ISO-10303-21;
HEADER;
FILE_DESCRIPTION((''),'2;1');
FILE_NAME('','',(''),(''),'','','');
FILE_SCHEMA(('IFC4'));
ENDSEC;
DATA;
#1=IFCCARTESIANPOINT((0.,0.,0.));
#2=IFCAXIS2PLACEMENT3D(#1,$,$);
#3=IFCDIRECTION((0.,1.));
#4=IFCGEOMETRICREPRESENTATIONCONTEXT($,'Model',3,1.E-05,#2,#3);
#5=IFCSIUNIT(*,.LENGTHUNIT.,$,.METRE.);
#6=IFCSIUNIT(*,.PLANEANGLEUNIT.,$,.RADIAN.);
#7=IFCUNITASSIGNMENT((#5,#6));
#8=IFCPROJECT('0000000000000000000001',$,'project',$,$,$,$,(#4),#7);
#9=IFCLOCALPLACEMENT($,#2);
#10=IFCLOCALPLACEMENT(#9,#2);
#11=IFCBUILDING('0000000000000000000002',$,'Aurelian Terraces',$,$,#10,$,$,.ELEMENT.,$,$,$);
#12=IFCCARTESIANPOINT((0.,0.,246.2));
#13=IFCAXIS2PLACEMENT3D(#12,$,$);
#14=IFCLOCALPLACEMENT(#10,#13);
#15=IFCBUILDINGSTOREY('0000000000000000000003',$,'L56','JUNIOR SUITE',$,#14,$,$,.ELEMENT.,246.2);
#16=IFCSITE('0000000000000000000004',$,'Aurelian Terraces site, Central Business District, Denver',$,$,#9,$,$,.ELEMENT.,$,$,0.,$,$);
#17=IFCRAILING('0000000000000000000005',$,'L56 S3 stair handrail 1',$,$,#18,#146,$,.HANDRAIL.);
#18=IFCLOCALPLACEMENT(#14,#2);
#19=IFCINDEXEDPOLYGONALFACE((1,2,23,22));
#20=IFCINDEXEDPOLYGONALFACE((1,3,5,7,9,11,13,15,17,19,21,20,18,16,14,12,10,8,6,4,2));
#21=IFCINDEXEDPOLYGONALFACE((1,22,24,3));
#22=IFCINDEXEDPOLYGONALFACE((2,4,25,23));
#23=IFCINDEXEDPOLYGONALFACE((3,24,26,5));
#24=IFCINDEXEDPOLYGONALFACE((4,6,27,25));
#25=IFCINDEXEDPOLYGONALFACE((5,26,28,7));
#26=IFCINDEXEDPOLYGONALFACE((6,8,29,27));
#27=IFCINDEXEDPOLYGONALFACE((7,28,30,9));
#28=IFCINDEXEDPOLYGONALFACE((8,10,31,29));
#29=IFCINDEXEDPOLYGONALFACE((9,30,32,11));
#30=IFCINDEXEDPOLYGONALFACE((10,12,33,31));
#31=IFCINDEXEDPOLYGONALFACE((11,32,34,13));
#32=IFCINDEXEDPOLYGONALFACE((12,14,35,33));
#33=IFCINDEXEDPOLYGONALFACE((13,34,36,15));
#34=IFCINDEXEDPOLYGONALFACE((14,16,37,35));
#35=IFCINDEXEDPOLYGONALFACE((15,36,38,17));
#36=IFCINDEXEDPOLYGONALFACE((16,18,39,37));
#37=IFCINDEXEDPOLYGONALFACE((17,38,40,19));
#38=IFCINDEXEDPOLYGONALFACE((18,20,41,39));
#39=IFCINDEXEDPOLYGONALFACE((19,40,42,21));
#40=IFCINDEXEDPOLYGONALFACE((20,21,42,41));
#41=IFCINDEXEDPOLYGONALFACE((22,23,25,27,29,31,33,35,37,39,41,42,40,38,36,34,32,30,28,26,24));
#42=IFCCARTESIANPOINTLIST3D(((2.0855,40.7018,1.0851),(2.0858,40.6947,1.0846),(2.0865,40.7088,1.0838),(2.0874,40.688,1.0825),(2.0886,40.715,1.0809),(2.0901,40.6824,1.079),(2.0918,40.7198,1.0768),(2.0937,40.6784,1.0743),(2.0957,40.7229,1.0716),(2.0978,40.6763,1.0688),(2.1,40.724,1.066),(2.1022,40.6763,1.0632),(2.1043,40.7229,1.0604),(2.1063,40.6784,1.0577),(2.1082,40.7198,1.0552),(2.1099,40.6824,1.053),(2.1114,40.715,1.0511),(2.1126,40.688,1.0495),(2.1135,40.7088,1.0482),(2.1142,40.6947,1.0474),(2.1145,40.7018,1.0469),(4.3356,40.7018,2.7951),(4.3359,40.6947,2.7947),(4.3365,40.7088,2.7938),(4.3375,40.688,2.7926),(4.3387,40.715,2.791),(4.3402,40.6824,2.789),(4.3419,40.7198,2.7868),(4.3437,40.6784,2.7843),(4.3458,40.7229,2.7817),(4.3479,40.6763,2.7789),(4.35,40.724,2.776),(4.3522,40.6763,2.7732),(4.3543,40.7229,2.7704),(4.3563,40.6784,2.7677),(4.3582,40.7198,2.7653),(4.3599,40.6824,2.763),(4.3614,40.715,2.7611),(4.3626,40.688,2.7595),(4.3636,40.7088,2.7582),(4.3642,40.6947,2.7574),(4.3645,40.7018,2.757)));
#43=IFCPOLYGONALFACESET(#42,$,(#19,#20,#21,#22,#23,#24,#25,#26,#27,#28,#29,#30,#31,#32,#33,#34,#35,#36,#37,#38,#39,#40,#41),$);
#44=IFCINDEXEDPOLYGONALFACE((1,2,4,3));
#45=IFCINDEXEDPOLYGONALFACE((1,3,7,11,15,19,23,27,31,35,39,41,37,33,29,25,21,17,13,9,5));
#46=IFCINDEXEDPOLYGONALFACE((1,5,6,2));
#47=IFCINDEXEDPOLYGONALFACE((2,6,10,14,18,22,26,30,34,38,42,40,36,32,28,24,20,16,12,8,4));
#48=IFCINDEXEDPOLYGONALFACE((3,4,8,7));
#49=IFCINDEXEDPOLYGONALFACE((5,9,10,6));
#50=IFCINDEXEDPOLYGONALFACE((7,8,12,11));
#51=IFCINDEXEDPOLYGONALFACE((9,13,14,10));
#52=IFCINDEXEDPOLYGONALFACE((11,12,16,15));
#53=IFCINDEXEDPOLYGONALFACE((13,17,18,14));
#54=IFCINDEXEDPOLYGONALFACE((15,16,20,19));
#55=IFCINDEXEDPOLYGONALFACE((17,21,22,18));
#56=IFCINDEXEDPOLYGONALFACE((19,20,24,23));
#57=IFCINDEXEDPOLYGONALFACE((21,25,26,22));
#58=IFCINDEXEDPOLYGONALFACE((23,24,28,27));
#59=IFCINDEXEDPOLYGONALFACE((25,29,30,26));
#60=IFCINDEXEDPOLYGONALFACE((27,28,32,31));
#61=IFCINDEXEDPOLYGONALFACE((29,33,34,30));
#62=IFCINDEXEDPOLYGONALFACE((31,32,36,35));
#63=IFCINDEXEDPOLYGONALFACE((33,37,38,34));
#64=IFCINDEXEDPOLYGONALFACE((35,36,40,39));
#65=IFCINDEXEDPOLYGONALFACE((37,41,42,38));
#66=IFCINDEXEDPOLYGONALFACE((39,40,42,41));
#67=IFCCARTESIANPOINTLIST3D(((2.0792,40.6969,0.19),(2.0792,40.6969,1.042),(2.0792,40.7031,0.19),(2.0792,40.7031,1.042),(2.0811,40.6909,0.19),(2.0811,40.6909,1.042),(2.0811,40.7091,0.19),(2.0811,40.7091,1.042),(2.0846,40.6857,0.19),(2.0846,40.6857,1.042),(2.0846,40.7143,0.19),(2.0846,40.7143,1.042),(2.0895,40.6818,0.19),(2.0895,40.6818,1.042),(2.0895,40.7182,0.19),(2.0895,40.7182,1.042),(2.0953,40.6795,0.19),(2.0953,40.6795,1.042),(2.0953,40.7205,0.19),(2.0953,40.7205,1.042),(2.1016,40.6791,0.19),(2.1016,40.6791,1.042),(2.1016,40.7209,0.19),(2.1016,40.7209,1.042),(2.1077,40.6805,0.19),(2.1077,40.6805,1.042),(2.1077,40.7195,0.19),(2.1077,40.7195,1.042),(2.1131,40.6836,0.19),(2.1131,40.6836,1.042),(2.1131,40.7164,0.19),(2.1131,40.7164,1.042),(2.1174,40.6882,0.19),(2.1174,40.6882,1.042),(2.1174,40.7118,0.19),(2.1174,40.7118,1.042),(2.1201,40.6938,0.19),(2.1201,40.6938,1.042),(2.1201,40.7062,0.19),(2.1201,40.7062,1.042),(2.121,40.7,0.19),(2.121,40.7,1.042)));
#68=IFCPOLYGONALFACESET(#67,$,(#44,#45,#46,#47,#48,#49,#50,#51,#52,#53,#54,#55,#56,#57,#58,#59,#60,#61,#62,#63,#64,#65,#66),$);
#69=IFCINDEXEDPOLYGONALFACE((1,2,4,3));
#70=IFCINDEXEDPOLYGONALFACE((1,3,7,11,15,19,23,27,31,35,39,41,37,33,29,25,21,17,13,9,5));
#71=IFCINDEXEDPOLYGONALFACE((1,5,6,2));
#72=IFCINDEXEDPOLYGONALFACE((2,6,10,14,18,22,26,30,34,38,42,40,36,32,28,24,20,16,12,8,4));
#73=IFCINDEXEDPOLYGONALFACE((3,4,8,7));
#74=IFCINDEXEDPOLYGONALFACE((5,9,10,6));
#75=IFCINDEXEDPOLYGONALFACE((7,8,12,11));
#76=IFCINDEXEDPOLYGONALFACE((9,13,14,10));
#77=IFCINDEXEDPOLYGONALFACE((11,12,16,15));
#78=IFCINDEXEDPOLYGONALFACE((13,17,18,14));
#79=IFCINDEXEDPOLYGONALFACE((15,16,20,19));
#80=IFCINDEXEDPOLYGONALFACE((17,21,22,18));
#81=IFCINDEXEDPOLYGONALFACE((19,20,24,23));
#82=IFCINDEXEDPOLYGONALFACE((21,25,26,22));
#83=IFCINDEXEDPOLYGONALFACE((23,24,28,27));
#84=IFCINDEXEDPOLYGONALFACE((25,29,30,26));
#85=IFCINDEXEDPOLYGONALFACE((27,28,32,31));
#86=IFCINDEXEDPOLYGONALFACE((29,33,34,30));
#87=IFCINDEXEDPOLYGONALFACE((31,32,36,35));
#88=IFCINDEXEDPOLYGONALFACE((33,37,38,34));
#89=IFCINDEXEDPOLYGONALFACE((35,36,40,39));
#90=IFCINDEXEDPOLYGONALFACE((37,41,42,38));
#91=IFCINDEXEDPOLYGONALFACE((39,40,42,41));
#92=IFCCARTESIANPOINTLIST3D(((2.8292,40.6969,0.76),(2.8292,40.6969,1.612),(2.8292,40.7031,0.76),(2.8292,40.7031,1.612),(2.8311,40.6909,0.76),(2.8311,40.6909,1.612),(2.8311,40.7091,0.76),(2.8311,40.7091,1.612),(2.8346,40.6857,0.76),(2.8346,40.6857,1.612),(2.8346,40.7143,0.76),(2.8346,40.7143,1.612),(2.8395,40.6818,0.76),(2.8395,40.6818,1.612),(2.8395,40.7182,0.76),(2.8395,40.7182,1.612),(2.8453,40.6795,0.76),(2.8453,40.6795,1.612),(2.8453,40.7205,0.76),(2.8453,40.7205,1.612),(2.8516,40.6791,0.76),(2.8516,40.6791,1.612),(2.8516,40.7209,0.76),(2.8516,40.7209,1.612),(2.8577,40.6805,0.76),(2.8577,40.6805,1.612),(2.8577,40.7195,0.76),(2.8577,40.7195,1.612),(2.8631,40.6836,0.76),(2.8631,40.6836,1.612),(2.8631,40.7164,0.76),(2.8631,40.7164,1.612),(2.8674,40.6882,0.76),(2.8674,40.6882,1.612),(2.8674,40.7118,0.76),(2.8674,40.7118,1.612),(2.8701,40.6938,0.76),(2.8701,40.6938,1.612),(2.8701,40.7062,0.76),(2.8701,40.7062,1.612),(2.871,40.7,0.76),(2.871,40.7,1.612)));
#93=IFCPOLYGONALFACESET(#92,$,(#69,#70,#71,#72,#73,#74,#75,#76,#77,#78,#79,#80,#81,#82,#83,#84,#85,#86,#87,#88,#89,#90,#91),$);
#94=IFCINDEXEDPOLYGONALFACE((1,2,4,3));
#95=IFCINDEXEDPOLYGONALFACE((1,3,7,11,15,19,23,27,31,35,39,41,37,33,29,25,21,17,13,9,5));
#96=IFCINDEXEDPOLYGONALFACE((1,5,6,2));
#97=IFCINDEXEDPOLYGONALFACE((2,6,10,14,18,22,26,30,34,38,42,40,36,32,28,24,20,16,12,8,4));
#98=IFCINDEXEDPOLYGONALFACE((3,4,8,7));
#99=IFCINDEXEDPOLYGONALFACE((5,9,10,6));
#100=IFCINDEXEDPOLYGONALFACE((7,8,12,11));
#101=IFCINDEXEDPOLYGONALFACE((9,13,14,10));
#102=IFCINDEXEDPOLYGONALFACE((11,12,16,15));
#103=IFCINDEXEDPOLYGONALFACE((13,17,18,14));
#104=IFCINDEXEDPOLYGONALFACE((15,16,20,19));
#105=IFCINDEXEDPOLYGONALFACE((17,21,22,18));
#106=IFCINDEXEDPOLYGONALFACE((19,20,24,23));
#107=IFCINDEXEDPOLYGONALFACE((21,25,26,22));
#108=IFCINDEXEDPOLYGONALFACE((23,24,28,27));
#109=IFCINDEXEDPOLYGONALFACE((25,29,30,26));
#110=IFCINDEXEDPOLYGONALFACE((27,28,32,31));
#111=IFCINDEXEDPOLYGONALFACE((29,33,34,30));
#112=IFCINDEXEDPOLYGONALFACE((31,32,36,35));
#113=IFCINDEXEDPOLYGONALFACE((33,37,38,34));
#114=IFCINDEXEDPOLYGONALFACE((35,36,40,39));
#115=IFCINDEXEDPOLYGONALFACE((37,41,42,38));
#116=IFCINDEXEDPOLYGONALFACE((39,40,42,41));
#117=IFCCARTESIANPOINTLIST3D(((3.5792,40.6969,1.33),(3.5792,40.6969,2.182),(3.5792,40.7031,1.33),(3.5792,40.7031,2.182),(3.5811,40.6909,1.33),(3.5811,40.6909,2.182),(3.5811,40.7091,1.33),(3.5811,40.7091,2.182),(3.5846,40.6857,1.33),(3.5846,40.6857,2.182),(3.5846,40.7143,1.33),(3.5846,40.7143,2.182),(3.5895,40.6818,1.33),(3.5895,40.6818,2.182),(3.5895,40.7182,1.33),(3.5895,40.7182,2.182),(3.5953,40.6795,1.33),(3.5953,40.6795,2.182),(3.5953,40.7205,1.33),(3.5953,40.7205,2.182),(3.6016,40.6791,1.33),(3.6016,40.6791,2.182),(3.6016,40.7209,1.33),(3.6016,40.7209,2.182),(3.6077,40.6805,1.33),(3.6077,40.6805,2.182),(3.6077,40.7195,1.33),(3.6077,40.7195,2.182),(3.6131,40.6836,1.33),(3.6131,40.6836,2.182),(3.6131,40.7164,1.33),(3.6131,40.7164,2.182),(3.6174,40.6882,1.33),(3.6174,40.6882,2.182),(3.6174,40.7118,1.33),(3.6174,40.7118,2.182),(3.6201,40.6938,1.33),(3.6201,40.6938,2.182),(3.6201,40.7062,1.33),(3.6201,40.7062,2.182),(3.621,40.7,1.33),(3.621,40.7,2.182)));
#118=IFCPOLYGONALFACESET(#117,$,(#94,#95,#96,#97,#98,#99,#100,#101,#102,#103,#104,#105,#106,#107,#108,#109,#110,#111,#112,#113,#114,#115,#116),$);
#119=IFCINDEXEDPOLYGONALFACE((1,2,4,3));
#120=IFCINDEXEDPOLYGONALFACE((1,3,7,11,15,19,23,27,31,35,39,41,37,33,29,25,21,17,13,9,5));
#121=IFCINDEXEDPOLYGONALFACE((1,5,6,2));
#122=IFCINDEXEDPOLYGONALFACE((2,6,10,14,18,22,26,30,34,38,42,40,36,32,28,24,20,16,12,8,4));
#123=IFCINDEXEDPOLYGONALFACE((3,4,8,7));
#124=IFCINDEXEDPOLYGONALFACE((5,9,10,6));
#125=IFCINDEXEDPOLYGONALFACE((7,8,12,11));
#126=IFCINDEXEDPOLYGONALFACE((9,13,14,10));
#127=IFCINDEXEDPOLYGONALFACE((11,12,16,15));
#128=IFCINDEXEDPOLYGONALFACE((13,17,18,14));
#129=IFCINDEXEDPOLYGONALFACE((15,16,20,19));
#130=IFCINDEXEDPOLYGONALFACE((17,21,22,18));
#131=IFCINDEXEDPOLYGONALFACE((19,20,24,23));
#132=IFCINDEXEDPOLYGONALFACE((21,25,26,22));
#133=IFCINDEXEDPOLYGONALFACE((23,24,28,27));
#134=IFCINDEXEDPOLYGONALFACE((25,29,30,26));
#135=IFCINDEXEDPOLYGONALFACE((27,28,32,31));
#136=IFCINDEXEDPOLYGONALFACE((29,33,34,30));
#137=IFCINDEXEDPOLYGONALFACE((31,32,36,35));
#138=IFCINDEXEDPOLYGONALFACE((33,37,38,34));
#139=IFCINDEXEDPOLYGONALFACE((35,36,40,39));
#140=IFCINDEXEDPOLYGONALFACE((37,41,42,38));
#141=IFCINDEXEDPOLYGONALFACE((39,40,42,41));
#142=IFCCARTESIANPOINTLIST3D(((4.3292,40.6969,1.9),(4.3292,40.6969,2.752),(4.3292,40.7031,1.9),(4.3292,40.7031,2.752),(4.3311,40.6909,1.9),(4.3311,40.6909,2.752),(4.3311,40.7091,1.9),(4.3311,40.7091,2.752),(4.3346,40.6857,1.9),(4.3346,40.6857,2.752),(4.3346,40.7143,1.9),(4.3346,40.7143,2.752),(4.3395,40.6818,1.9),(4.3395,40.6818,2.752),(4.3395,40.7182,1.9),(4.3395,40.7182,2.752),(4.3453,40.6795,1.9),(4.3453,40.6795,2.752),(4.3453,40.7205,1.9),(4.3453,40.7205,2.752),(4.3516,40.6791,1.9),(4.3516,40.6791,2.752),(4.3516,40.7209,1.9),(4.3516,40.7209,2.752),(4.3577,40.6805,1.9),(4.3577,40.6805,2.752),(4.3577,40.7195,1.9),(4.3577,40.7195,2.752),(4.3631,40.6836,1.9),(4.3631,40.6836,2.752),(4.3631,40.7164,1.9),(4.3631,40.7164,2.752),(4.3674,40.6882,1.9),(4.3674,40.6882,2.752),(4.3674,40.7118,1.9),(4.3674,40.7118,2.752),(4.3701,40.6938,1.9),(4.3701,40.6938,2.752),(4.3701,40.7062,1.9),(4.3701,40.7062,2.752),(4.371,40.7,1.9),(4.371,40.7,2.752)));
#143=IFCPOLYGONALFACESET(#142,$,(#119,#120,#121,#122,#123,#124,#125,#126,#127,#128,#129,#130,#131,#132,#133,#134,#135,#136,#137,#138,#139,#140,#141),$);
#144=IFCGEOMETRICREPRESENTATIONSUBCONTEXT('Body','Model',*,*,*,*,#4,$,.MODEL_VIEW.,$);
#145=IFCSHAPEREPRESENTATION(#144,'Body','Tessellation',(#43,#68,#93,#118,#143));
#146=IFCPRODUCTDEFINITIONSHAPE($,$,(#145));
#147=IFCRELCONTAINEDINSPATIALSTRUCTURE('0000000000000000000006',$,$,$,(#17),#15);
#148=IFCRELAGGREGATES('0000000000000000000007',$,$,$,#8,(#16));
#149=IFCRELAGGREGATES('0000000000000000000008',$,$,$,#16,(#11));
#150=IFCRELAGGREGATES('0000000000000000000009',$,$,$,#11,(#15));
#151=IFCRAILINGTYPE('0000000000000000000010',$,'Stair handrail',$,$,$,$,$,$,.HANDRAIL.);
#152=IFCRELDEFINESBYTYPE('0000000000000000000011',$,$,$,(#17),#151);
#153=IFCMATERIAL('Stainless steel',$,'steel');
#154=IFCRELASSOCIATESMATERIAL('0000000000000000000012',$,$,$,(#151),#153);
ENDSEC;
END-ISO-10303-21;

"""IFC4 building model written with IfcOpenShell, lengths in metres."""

from ifc_helpers import new_model, si_unit, direction, frame, origin, origin_2d, place, context, subcontext, project, spatial, circle, extrude, source, transform, mapped, material, type_object, element, save


model = new_model("IFC4")

# Units and contexts
model_context = context("Model", 3, precision=1e-05, world=origin(), true_north=direction((0.0, 1.0)))
body_context = subcontext(model_context, "Body", "Model", "MODEL_VIEW")
ifc_project = project(units=[si_unit("LENGTHUNIT", "METRE"), si_unit("PLANEANGLEUNIT", "RADIAN")], contexts=[model_context])

# Site, building, storey
site_placement = place(None, origin())
site = spatial("IfcSite", under=ifc_project, at=site_placement, Name="Aurelian Terraces site, Central Business District, Denver", CompositionType="ELEMENT", RefElevation=0.0)
building_placement = place(site_placement, origin())
building = spatial("IfcBuilding", under=site, at=building_placement, Name="Aurelian Terraces", CompositionType="ELEMENT")
storey_placement = place(building_placement, frame((0.0, 0.0, 246.2)))
storey = spatial("IfcBuildingStorey", under=building, at=storey_placement, Name="L56", Description="JUNIOR SUITE", CompositionType="ELEMENT", Elevation=246.2)

# Railing
ifc_material_1 = material(Name="Stainless steel", Category="steel")
railing_type_1 = type_object("IfcRailingType", Name="Stair handrail", PredefinedType="HANDRAIL", material=ifc_material_1)
shared_shape_1 = source(origin(), body_context, "Body", "SweptSolid", [
    extrude(circle(Radius=0.024, at=origin_2d()), frame((0.0, 0.0, 0.876), z_axis=(0.796162, 0.0, 0.605083), x_axis=(0.0, 1.0, 0.0)), (0.0, 0.0, 1.0), 2.8261),
    extrude(circle(Radius=0.021, at=origin_2d()), origin(), (0.0, 0.0, 1.0), 0.852),
    extrude(circle(Radius=0.021, at=origin_2d()), frame((0.75, 0.0, 0.57)), (0.0, 0.0, 1.0), 0.852),
    extrude(circle(Radius=0.021, at=origin_2d()), frame((1.5, 0.0, 1.14)), (0.0, 0.0, 1.0), 0.852),
    extrude(circle(Radius=0.021, at=origin_2d()), frame((2.25, 0.0, 1.71)), (0.0, 0.0, 1.0), 0.852),
])
railing_1_placement = place(storey_placement, frame((2.1, 40.7, 0.19)))
element("IfcRailing", 1, at=railing_1_placement, inside=storey, type_object=railing_type_1, Name="L56 S3 stair handrail 1", PredefinedType="HANDRAIL", context=body_context, shape_type="MappedRepresentation", body=[
    mapped(shared_shape_1, transform((0.0, 0.0, 0.0), scale=1.0)),
])

save(model, "model.ifc")
